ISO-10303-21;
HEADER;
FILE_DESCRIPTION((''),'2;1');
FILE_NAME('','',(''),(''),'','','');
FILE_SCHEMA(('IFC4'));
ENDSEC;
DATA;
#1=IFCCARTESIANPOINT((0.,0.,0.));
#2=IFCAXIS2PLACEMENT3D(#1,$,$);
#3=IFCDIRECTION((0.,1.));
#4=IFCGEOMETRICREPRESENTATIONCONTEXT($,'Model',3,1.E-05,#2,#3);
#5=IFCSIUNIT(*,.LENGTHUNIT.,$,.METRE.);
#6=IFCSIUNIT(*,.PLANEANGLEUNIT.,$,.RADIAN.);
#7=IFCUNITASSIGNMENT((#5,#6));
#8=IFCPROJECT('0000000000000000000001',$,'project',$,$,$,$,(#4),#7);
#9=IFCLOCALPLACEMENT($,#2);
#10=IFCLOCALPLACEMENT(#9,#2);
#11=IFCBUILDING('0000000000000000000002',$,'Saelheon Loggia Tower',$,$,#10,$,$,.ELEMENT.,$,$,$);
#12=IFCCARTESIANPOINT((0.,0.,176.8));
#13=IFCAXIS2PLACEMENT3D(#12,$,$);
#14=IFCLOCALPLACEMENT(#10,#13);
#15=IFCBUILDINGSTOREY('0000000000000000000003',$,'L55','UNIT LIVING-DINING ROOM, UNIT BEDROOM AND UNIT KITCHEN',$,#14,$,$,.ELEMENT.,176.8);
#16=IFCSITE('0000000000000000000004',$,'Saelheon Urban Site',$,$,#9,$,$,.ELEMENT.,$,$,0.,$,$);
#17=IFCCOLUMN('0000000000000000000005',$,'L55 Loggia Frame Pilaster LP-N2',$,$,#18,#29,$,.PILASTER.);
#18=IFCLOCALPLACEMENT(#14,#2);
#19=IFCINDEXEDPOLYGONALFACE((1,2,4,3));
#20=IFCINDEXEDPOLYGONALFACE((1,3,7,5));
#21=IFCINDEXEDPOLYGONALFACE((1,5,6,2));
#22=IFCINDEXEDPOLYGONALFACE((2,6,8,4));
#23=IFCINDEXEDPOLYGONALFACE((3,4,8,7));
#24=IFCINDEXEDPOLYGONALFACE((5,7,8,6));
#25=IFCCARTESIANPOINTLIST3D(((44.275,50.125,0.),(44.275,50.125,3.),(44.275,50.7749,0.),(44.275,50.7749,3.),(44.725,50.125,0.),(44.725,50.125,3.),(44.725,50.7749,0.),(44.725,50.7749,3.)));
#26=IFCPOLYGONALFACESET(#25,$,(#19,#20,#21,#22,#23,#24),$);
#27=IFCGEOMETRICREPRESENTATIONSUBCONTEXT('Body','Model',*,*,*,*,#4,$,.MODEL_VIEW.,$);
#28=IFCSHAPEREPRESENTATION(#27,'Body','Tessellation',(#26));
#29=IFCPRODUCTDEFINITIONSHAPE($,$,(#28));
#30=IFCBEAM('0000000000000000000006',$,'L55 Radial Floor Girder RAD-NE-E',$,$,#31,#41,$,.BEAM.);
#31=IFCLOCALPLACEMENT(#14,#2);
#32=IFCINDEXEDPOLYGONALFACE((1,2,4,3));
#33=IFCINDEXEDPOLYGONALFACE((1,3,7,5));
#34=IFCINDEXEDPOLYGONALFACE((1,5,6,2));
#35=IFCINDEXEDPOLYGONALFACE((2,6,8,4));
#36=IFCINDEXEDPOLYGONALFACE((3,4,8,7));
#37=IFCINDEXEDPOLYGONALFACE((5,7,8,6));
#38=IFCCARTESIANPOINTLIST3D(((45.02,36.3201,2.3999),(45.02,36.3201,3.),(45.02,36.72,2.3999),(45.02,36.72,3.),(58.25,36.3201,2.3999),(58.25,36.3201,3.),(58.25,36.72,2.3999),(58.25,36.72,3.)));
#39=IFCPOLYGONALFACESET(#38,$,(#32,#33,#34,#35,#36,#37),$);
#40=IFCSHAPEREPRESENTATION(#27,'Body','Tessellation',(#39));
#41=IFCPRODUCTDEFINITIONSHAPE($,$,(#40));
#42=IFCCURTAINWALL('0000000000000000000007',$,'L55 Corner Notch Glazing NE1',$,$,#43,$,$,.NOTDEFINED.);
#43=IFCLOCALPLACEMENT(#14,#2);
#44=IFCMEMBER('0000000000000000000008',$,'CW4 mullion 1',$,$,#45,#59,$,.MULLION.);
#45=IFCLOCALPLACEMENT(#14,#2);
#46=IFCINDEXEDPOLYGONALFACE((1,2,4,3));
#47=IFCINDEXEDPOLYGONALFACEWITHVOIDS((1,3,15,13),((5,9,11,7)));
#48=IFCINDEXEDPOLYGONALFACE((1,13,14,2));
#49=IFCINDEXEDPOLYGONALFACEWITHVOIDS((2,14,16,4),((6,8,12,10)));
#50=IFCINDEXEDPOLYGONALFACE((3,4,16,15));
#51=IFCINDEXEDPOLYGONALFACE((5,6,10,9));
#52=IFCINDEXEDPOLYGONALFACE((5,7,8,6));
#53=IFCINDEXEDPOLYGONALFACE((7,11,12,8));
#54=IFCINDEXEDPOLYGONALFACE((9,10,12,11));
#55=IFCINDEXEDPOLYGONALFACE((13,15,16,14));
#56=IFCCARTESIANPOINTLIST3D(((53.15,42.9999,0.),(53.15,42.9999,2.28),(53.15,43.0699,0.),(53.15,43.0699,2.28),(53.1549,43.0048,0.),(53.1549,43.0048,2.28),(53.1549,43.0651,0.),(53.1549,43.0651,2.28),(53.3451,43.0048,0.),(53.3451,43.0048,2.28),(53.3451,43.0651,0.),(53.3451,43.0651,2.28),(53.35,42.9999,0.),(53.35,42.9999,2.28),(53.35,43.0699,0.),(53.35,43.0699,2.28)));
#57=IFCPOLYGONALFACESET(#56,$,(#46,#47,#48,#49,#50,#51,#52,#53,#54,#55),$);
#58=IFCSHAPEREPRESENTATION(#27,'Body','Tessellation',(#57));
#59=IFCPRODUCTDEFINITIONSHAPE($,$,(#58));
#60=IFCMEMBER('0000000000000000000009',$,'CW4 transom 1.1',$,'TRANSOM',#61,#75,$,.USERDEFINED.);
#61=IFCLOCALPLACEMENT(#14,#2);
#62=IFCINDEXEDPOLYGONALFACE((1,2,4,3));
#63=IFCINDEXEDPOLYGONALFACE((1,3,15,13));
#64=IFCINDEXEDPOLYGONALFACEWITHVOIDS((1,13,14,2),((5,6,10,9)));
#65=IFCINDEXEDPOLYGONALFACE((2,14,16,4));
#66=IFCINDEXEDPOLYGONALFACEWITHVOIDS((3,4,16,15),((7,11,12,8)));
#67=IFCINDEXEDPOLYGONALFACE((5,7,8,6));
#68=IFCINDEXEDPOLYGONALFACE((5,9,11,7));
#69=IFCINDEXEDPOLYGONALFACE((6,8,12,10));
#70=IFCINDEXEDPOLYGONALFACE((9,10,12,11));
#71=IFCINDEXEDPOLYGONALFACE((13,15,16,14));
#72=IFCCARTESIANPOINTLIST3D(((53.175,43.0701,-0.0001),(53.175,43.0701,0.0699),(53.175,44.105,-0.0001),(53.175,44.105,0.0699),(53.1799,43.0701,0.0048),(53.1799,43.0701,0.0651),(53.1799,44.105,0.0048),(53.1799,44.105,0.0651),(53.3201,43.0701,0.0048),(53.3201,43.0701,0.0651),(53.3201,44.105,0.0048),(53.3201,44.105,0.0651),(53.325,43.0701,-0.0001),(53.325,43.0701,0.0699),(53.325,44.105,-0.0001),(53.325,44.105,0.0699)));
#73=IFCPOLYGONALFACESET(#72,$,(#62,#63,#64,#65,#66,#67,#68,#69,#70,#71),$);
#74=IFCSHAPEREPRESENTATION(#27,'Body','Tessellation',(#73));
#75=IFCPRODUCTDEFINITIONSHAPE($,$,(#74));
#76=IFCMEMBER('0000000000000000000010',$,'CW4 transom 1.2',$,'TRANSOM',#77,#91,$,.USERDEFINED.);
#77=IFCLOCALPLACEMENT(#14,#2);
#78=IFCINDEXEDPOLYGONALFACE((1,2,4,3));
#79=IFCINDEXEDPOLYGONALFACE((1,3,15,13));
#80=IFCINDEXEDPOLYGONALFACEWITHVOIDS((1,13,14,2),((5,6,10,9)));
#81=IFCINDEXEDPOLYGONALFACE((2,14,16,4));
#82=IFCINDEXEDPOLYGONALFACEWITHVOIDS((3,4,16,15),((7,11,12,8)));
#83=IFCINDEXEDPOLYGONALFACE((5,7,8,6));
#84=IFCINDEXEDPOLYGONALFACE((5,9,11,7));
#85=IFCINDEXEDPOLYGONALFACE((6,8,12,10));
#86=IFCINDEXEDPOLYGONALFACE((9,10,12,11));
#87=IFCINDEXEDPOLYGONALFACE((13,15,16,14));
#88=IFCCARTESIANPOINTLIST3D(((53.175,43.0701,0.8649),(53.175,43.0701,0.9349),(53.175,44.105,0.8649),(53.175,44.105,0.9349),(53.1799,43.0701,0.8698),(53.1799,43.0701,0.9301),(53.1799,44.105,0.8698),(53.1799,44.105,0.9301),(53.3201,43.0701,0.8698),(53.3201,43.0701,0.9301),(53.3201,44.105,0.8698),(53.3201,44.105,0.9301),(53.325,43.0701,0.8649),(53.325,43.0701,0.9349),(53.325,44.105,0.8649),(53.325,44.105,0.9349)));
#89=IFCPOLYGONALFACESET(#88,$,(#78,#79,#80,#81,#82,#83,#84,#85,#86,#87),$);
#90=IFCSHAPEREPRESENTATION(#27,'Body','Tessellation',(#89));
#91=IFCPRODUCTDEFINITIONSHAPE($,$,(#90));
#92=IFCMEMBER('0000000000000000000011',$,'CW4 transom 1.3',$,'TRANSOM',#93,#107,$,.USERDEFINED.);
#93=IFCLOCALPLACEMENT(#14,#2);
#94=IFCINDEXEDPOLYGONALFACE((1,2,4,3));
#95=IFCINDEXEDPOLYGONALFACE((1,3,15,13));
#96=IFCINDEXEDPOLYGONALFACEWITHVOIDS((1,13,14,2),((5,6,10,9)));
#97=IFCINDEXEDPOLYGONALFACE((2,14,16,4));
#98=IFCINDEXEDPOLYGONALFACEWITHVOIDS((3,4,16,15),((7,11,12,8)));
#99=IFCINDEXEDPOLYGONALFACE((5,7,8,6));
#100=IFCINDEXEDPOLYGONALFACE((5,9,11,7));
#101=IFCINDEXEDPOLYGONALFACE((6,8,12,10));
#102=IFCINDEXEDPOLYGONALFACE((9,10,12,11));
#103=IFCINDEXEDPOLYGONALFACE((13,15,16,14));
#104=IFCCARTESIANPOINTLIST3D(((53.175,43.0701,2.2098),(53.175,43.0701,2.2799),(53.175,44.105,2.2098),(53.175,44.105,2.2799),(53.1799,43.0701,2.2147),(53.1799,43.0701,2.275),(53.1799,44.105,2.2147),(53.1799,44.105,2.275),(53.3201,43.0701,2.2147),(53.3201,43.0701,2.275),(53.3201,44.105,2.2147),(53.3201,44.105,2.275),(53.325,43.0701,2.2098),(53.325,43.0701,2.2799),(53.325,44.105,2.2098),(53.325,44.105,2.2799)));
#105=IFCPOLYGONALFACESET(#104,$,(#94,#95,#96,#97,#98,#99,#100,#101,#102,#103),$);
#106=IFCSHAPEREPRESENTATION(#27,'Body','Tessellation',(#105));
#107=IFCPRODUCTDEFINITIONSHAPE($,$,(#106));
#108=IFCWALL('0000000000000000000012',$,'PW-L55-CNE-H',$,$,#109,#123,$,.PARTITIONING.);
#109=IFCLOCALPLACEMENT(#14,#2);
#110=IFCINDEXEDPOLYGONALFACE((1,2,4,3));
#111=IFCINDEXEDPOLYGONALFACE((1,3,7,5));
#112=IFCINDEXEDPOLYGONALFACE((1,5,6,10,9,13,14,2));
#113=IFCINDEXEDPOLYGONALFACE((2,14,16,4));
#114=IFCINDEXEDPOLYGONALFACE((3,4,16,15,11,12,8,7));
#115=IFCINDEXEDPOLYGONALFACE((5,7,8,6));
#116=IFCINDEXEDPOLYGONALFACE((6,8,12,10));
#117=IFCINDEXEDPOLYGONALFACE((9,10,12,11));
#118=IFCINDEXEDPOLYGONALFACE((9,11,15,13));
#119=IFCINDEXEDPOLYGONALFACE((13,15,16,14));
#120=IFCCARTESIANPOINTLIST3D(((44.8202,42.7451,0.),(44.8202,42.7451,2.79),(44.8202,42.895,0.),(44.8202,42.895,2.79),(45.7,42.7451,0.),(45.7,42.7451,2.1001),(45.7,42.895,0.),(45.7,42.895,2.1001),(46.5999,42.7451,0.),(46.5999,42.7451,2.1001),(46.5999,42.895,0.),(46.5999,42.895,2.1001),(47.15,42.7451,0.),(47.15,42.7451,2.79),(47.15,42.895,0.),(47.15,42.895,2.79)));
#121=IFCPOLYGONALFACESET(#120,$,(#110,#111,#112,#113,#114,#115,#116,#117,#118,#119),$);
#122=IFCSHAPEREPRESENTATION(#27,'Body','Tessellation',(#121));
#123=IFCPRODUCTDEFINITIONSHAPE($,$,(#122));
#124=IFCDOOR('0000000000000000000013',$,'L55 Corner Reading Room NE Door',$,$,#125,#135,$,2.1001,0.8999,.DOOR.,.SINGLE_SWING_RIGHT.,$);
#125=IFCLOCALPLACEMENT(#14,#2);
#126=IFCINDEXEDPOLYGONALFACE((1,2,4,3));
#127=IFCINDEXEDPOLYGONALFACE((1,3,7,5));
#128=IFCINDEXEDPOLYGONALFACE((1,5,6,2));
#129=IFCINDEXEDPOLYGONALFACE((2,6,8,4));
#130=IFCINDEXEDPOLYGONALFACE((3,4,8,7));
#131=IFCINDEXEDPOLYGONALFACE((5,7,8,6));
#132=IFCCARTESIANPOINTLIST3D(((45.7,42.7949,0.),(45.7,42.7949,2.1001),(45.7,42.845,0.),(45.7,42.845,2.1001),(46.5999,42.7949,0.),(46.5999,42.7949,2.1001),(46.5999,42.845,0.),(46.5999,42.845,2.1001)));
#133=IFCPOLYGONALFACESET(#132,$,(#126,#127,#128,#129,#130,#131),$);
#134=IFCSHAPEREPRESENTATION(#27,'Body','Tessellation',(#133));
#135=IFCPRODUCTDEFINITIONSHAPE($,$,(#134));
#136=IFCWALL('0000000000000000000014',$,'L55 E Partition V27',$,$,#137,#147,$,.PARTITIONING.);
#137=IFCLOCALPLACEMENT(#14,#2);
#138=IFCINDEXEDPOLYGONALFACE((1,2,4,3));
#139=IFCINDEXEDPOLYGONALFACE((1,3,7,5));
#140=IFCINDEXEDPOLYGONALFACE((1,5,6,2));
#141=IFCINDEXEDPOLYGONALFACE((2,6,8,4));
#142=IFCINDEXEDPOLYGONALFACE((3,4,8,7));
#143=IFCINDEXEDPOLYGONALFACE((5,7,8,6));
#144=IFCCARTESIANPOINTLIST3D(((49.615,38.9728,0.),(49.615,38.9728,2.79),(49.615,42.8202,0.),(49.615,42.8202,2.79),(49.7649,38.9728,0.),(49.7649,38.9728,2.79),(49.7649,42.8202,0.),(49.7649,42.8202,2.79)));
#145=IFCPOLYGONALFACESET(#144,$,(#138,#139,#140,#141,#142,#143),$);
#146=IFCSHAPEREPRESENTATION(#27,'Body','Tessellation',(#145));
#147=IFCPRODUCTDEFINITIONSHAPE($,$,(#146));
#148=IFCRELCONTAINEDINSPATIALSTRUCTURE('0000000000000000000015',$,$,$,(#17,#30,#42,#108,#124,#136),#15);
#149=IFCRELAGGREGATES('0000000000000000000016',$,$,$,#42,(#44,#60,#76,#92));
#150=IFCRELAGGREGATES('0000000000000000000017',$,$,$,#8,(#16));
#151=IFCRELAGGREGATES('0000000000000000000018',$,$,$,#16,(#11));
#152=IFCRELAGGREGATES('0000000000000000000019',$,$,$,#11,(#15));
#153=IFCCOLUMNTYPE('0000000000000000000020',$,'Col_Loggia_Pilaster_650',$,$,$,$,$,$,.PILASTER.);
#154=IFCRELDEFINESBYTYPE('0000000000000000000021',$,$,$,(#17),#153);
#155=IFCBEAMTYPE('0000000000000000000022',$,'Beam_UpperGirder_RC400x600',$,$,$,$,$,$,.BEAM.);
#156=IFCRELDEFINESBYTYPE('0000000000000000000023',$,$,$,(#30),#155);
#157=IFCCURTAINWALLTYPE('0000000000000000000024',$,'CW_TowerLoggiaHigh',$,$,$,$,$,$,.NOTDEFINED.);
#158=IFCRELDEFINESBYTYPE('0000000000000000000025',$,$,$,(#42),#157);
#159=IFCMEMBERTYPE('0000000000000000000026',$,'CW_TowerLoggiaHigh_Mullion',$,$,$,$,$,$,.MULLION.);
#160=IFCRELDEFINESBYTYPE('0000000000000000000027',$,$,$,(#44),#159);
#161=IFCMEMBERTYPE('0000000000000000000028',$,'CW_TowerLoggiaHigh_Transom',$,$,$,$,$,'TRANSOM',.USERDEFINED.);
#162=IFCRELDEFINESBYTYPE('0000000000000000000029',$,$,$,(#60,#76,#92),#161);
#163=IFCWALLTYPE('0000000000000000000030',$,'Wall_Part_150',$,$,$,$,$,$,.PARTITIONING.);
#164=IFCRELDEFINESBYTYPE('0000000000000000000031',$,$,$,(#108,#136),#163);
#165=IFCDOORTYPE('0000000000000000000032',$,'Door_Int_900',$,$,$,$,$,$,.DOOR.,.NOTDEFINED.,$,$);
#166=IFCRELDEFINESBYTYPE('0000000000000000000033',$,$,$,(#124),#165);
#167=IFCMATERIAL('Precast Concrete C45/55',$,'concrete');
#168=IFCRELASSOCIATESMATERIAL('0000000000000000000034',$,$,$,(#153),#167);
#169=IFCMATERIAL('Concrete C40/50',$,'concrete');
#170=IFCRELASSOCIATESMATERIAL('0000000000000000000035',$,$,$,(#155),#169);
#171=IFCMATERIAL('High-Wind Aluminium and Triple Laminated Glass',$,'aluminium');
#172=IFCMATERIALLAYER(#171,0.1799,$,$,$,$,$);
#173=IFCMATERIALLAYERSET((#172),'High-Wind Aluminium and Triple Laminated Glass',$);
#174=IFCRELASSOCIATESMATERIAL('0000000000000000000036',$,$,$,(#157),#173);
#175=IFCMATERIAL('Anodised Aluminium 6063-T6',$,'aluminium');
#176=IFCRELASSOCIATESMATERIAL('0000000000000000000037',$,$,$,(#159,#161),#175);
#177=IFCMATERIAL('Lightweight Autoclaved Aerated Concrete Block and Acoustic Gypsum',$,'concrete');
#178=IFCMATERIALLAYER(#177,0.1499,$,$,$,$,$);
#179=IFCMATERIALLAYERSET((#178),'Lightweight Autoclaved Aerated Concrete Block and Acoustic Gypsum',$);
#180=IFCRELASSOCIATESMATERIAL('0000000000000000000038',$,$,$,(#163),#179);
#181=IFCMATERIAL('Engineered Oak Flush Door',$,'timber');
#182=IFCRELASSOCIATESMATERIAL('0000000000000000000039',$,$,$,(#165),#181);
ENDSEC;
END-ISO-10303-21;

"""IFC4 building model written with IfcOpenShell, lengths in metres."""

from ifc_helpers import new_model, si_unit, direction, frame, frame_2d, origin, origin_2d, place, context, subcontext, project, spatial, rectangle, hollow_rectangle, extrude, source, transform, mapped, material, layer, layer_set, material_profile, profile_set, type_object, element, fill, aggregate, save


model = new_model("IFC4")

# Units and contexts
model_context = context("Model", 3, precision=1e-05, world=origin(), true_north=direction((0.0, 1.0)))
body_context = subcontext(model_context, "Body", "Model", "MODEL_VIEW")
ifc_project = project(units=[si_unit("LENGTHUNIT", "METRE"), si_unit("PLANEANGLEUNIT", "RADIAN")], contexts=[model_context])

# Site, building, storey
site_placement = place(None, origin())
site = spatial("IfcSite", under=ifc_project, at=site_placement, Name="Saelheon Urban Site", CompositionType="ELEMENT", RefElevation=0.0)
building_placement = place(site_placement, origin())
building = spatial("IfcBuilding", under=site, at=building_placement, Name="Saelheon Loggia Tower", CompositionType="ELEMENT")
storey_placement = place(building_placement, frame((0.0, 0.0, 176.8)))
storey = spatial("IfcBuildingStorey", under=building, at=storey_placement, Name="L55", Description="UNIT LIVING-DINING ROOM, UNIT BEDROOM AND UNIT KITCHEN", CompositionType="ELEMENT", Elevation=176.8)

# Column
ifc_material_1 = material(Name="Precast Concrete C45/55", Category="concrete")
ifc_material_profile_1 = material_profile(ifc_material_1, rectangle(XDim=0.45, YDim=0.6499, at=origin_2d()), Name="RC-450x650")
ifc_profile_set_1 = profile_set([ifc_material_profile_1], Name="Precast Concrete C45/55")
column_type = type_object("IfcColumnType", Name="Col_Loggia_Pilaster_650", PredefinedType="PILASTER", material=ifc_profile_set_1)
shared_shape_1 = source(origin(), body_context, "Body", "SweptSolid", [
    extrude(rectangle(XDim=0.45, YDim=0.6499, at=origin_2d()), origin(), (0.0, 0.0, 1.0), 3.0),
])
column_placement = place(storey_placement, frame((44.5, 50.45, 0.0), z_axis=(0.0, 0.0, 1.0), x_axis=(1.0, 0.0, 0.0)))
element("IfcColumn", 1, at=column_placement, inside=storey, type_object=column_type, Name="L55 Loggia Frame Pilaster LP-N2", PredefinedType="PILASTER", context=body_context, shape_type="MappedRepresentation", body=[
    mapped(shared_shape_1, transform((0.0, 0.0, 0.0), scale=1.0)),
])

# Beam
ifc_material_2 = material(Name="Concrete C40/50", Category="concrete")
ifc_material_profile_2 = material_profile(ifc_material_2, rectangle(XDim=0.3999, YDim=0.6001, at=origin_2d()), Name="RC-400x600")
ifc_profile_set_2 = profile_set([ifc_material_profile_2], Name="Concrete C40/50")
beam_type = type_object("IfcBeamType", Name="Beam_UpperGirder_RC400x600", PredefinedType="BEAM", material=ifc_profile_set_2)
shared_shape_2 = source(origin(), body_context, "Body", "SweptSolid", [
    extrude(rectangle(XDim=0.3999, YDim=0.6001, at=origin_2d()), origin(), (0.0, 0.0, 1.0), 13.23),
])
beam_placement = place(storey_placement, frame((45.02, 36.52, 2.7), z_axis=(1.0, 0.0, 0.0), x_axis=(0.0, 1.0, 0.0)))
element("IfcBeam", 2, at=beam_placement, inside=storey, type_object=beam_type, Name="L55 Radial Floor Girder RAD-NE-E", PredefinedType="BEAM", context=body_context, shape_type="MappedRepresentation", body=[
    mapped(shared_shape_2, transform((0.0, 0.0, 0.0), scale=1.0)),
])

# Curtain wall, members
ifc_material_3 = material(Name="High-Wind Aluminium and Triple Laminated Glass", Category="aluminium")
ifc_layer_1 = layer(ifc_material_3, 0.1799)
ifc_layer_set_1 = layer_set([ifc_layer_1], Name="High-Wind Aluminium and Triple Laminated Glass")
curtain_wall_type = type_object("IfcCurtainWallType", Name="CW_TowerLoggiaHigh", PredefinedType="NOTDEFINED", material=ifc_layer_set_1)
curtain_wall_placement = place(storey_placement, origin())
curtain_wall = element("IfcCurtainWall", 3, at=curtain_wall_placement, inside=storey, type_object=curtain_wall_type, Name="L55 Corner Notch Glazing NE1", PredefinedType="NOTDEFINED")
ifc_material_4 = material(Name="Anodised Aluminium 6063-T6", Category="aluminium")
ifc_material_profile_3 = material_profile(ifc_material_4, hollow_rectangle(XDim=0.0701, YDim=0.2, WallThickness=0.0049, at=origin_2d()), Name="RHS-200x70x5")
ifc_profile_set_3 = profile_set([ifc_material_profile_3], Name="Anodised Aluminium 6063-T6")
member_type_1 = type_object("IfcMemberType", Name="CW_TowerLoggiaHigh_Mullion", PredefinedType="MULLION", material=ifc_profile_set_3)
shared_shape_3 = source(origin(), body_context, "Body", "SweptSolid", [
    extrude(hollow_rectangle(XDim=0.0701, YDim=0.2, WallThickness=0.0049, at=origin_2d()), origin(), (0.0, 0.0, 1.0), 2.28),
])
member_1_placement = place(storey_placement, frame((53.25, 43.0349, 0.0), z_axis=(0.0, 0.0, 1.0), x_axis=(0.0, 1.0, 0.0)))
member_1 = element("IfcMember", 4, at=member_1_placement, type_object=member_type_1, Name="CW4 mullion 1", PredefinedType="MULLION", context=body_context, shape_type="MappedRepresentation", body=[
    mapped(shared_shape_3, transform((0.0, 0.0, 0.0), scale=1.0)),
])
ifc_material_profile_4 = material_profile(ifc_material_4, hollow_rectangle(XDim=0.0701, YDim=0.1499, WallThickness=0.0049, at=origin_2d()), Name="RHS-150x70x5")
ifc_profile_set_4 = profile_set([ifc_material_profile_4], Name="Anodised Aluminium 6063-T6")
member_type_2 = type_object("IfcMemberType", Name="CW_TowerLoggiaHigh_Transom", ElementType="TRANSOM", PredefinedType="USERDEFINED", material=ifc_profile_set_4)
shared_shape_4 = source(origin(), body_context, "Body", "SweptSolid", [
    extrude(hollow_rectangle(XDim=0.0701, YDim=0.1499, WallThickness=0.0049, at=origin_2d()), origin(), (0.0, 0.0, 1.0), 1.0349),
])
member_2_placement = place(storey_placement, frame((53.25, 43.0701, 0.0349), z_axis=(0.0, 1.0, 0.0), x_axis=(0.0, 0.0, 1.0)))
member_2 = element("IfcMember", 5, at=member_2_placement, type_object=member_type_2, Name="CW4 transom 1.1", ObjectType="TRANSOM", PredefinedType="USERDEFINED", context=body_context, shape_type="MappedRepresentation", body=[
    mapped(shared_shape_4, transform((0.0, 0.0, 0.0), scale=1.0)),
])
member_3_placement = place(storey_placement, frame((53.25, 43.0701, 0.8999), z_axis=(0.0, 1.0, 0.0), x_axis=(0.0, 0.0, 1.0)))
member_3 = element("IfcMember", 6, at=member_3_placement, type_object=member_type_2, Name="CW4 transom 1.2", ObjectType="TRANSOM", PredefinedType="USERDEFINED", context=body_context, shape_type="MappedRepresentation", body=[
    mapped(shared_shape_4, transform((0.0, 0.0, 0.0), scale=1.0)),
])
member_4_placement = place(storey_placement, frame((53.25, 43.0701, 2.2449), z_axis=(0.0, 1.0, 0.0), x_axis=(0.0, 0.0, 1.0)))
member_4 = element("IfcMember", 7, at=member_4_placement, type_object=member_type_2, Name="CW4 transom 1.3", ObjectType="TRANSOM", PredefinedType="USERDEFINED", context=body_context, shape_type="MappedRepresentation", body=[
    mapped(shared_shape_4, transform((0.0, 0.0, 0.0), scale=1.0)),
])
aggregate(curtain_wall, [member_1, member_2, member_3, member_4])

# Wall, opening, door
ifc_material_5 = material(Name="Lightweight Autoclaved Aerated Concrete Block and Acoustic Gypsum", Category="concrete")
ifc_layer_2 = layer(ifc_material_5, 0.1499)
ifc_layer_set_2 = layer_set([ifc_layer_2], Name="Lightweight Autoclaved Aerated Concrete Block and Acoustic Gypsum")
wall_type_1 = type_object("IfcWallType", Name="Wall_Part_150", PredefinedType="PARTITIONING", material=ifc_layer_set_2)
wall_1_placement = place(storey_placement, frame((44.8201, 42.8201, 0.0), z_axis=(0.0, 0.0, 1.0), x_axis=(1.0, 0.0, 0.0)))
wall_1 = element("IfcWall", 8, at=wall_1_placement, inside=storey, type_object=wall_type_1, Name="PW-L55-CNE-H", PredefinedType="PARTITIONING", context=body_context, shape_type="SweptSolid", body=[
    extrude(rectangle(XDim=2.3298, YDim=0.1499, at=frame_2d((1.165, 0.0))), origin(), (0.0, 0.0, 1.0), 2.79),
])
opening_1_placement = place(wall_1_placement, frame((0.8799, 0.0, 0.0)))
opening_1 = element("IfcOpeningElement", 9, at=opening_1_placement, cuts=wall_1, PredefinedType="OPENING", context=body_context, shape_type="SweptSolid", body=[
    extrude(rectangle(XDim=0.8999, YDim=2.1001, at=frame_2d((0.45, 1.05))), frame((0.0, 0.0869, 0.0), z_axis=(0.0, -1.0, 0.0), x_axis=(1.0, 0.0, 0.0)), (0.0, 0.0, 1.0), 0.1738),
])
ifc_material_6 = material(Name="Engineered Oak Flush Door", Category="timber")
door_type = type_object("IfcDoorType", Name="Door_Int_900", OperationType="NOTDEFINED", PredefinedType="DOOR", material=ifc_material_6)
shared_shape_5 = source(origin(), body_context, "Body", "SweptSolid", [
    extrude(rectangle(XDim=0.8999, YDim=2.1001, at=frame_2d((0.45, 1.05))), frame((0.0, 0.0249, 0.0), z_axis=(0.0, -1.0, 0.0), x_axis=(1.0, 0.0, 0.0)), (0.0, 0.0, 1.0), 0.05),
])
door_1_placement = place(opening_1_placement, origin())
door_1 = element("IfcDoor", 10, at=door_1_placement, inside=storey, type_object=door_type, Name="L55 Corner Reading Room NE Door", OperationType="SINGLE_SWING_RIGHT", OverallHeight=2.1001, OverallWidth=0.8999, PredefinedType="DOOR", context=body_context, shape_type="MappedRepresentation", body=[
    mapped(shared_shape_5, transform((0.0, 0.0, 0.0), scale=1.0)),
])
fill(opening_1, door_1)

# Wall
wall_2_placement = place(storey_placement, frame((49.6899, 38.9727, 0.0), z_axis=(0.0, 0.0, 1.0), x_axis=(0.0, 1.0, 0.0)))
element("IfcWall", 11, at=wall_2_placement, inside=storey, type_object=wall_type_1, Name="L55 E Partition V27", PredefinedType="PARTITIONING", context=body_context, shape_type="SweptSolid", body=[
    extrude(rectangle(XDim=3.8474, YDim=0.1499, at=frame_2d((1.9238, 0.0))), origin(), (0.0, 0.0, 1.0), 2.79),
])

save(model, "model.ifc")
